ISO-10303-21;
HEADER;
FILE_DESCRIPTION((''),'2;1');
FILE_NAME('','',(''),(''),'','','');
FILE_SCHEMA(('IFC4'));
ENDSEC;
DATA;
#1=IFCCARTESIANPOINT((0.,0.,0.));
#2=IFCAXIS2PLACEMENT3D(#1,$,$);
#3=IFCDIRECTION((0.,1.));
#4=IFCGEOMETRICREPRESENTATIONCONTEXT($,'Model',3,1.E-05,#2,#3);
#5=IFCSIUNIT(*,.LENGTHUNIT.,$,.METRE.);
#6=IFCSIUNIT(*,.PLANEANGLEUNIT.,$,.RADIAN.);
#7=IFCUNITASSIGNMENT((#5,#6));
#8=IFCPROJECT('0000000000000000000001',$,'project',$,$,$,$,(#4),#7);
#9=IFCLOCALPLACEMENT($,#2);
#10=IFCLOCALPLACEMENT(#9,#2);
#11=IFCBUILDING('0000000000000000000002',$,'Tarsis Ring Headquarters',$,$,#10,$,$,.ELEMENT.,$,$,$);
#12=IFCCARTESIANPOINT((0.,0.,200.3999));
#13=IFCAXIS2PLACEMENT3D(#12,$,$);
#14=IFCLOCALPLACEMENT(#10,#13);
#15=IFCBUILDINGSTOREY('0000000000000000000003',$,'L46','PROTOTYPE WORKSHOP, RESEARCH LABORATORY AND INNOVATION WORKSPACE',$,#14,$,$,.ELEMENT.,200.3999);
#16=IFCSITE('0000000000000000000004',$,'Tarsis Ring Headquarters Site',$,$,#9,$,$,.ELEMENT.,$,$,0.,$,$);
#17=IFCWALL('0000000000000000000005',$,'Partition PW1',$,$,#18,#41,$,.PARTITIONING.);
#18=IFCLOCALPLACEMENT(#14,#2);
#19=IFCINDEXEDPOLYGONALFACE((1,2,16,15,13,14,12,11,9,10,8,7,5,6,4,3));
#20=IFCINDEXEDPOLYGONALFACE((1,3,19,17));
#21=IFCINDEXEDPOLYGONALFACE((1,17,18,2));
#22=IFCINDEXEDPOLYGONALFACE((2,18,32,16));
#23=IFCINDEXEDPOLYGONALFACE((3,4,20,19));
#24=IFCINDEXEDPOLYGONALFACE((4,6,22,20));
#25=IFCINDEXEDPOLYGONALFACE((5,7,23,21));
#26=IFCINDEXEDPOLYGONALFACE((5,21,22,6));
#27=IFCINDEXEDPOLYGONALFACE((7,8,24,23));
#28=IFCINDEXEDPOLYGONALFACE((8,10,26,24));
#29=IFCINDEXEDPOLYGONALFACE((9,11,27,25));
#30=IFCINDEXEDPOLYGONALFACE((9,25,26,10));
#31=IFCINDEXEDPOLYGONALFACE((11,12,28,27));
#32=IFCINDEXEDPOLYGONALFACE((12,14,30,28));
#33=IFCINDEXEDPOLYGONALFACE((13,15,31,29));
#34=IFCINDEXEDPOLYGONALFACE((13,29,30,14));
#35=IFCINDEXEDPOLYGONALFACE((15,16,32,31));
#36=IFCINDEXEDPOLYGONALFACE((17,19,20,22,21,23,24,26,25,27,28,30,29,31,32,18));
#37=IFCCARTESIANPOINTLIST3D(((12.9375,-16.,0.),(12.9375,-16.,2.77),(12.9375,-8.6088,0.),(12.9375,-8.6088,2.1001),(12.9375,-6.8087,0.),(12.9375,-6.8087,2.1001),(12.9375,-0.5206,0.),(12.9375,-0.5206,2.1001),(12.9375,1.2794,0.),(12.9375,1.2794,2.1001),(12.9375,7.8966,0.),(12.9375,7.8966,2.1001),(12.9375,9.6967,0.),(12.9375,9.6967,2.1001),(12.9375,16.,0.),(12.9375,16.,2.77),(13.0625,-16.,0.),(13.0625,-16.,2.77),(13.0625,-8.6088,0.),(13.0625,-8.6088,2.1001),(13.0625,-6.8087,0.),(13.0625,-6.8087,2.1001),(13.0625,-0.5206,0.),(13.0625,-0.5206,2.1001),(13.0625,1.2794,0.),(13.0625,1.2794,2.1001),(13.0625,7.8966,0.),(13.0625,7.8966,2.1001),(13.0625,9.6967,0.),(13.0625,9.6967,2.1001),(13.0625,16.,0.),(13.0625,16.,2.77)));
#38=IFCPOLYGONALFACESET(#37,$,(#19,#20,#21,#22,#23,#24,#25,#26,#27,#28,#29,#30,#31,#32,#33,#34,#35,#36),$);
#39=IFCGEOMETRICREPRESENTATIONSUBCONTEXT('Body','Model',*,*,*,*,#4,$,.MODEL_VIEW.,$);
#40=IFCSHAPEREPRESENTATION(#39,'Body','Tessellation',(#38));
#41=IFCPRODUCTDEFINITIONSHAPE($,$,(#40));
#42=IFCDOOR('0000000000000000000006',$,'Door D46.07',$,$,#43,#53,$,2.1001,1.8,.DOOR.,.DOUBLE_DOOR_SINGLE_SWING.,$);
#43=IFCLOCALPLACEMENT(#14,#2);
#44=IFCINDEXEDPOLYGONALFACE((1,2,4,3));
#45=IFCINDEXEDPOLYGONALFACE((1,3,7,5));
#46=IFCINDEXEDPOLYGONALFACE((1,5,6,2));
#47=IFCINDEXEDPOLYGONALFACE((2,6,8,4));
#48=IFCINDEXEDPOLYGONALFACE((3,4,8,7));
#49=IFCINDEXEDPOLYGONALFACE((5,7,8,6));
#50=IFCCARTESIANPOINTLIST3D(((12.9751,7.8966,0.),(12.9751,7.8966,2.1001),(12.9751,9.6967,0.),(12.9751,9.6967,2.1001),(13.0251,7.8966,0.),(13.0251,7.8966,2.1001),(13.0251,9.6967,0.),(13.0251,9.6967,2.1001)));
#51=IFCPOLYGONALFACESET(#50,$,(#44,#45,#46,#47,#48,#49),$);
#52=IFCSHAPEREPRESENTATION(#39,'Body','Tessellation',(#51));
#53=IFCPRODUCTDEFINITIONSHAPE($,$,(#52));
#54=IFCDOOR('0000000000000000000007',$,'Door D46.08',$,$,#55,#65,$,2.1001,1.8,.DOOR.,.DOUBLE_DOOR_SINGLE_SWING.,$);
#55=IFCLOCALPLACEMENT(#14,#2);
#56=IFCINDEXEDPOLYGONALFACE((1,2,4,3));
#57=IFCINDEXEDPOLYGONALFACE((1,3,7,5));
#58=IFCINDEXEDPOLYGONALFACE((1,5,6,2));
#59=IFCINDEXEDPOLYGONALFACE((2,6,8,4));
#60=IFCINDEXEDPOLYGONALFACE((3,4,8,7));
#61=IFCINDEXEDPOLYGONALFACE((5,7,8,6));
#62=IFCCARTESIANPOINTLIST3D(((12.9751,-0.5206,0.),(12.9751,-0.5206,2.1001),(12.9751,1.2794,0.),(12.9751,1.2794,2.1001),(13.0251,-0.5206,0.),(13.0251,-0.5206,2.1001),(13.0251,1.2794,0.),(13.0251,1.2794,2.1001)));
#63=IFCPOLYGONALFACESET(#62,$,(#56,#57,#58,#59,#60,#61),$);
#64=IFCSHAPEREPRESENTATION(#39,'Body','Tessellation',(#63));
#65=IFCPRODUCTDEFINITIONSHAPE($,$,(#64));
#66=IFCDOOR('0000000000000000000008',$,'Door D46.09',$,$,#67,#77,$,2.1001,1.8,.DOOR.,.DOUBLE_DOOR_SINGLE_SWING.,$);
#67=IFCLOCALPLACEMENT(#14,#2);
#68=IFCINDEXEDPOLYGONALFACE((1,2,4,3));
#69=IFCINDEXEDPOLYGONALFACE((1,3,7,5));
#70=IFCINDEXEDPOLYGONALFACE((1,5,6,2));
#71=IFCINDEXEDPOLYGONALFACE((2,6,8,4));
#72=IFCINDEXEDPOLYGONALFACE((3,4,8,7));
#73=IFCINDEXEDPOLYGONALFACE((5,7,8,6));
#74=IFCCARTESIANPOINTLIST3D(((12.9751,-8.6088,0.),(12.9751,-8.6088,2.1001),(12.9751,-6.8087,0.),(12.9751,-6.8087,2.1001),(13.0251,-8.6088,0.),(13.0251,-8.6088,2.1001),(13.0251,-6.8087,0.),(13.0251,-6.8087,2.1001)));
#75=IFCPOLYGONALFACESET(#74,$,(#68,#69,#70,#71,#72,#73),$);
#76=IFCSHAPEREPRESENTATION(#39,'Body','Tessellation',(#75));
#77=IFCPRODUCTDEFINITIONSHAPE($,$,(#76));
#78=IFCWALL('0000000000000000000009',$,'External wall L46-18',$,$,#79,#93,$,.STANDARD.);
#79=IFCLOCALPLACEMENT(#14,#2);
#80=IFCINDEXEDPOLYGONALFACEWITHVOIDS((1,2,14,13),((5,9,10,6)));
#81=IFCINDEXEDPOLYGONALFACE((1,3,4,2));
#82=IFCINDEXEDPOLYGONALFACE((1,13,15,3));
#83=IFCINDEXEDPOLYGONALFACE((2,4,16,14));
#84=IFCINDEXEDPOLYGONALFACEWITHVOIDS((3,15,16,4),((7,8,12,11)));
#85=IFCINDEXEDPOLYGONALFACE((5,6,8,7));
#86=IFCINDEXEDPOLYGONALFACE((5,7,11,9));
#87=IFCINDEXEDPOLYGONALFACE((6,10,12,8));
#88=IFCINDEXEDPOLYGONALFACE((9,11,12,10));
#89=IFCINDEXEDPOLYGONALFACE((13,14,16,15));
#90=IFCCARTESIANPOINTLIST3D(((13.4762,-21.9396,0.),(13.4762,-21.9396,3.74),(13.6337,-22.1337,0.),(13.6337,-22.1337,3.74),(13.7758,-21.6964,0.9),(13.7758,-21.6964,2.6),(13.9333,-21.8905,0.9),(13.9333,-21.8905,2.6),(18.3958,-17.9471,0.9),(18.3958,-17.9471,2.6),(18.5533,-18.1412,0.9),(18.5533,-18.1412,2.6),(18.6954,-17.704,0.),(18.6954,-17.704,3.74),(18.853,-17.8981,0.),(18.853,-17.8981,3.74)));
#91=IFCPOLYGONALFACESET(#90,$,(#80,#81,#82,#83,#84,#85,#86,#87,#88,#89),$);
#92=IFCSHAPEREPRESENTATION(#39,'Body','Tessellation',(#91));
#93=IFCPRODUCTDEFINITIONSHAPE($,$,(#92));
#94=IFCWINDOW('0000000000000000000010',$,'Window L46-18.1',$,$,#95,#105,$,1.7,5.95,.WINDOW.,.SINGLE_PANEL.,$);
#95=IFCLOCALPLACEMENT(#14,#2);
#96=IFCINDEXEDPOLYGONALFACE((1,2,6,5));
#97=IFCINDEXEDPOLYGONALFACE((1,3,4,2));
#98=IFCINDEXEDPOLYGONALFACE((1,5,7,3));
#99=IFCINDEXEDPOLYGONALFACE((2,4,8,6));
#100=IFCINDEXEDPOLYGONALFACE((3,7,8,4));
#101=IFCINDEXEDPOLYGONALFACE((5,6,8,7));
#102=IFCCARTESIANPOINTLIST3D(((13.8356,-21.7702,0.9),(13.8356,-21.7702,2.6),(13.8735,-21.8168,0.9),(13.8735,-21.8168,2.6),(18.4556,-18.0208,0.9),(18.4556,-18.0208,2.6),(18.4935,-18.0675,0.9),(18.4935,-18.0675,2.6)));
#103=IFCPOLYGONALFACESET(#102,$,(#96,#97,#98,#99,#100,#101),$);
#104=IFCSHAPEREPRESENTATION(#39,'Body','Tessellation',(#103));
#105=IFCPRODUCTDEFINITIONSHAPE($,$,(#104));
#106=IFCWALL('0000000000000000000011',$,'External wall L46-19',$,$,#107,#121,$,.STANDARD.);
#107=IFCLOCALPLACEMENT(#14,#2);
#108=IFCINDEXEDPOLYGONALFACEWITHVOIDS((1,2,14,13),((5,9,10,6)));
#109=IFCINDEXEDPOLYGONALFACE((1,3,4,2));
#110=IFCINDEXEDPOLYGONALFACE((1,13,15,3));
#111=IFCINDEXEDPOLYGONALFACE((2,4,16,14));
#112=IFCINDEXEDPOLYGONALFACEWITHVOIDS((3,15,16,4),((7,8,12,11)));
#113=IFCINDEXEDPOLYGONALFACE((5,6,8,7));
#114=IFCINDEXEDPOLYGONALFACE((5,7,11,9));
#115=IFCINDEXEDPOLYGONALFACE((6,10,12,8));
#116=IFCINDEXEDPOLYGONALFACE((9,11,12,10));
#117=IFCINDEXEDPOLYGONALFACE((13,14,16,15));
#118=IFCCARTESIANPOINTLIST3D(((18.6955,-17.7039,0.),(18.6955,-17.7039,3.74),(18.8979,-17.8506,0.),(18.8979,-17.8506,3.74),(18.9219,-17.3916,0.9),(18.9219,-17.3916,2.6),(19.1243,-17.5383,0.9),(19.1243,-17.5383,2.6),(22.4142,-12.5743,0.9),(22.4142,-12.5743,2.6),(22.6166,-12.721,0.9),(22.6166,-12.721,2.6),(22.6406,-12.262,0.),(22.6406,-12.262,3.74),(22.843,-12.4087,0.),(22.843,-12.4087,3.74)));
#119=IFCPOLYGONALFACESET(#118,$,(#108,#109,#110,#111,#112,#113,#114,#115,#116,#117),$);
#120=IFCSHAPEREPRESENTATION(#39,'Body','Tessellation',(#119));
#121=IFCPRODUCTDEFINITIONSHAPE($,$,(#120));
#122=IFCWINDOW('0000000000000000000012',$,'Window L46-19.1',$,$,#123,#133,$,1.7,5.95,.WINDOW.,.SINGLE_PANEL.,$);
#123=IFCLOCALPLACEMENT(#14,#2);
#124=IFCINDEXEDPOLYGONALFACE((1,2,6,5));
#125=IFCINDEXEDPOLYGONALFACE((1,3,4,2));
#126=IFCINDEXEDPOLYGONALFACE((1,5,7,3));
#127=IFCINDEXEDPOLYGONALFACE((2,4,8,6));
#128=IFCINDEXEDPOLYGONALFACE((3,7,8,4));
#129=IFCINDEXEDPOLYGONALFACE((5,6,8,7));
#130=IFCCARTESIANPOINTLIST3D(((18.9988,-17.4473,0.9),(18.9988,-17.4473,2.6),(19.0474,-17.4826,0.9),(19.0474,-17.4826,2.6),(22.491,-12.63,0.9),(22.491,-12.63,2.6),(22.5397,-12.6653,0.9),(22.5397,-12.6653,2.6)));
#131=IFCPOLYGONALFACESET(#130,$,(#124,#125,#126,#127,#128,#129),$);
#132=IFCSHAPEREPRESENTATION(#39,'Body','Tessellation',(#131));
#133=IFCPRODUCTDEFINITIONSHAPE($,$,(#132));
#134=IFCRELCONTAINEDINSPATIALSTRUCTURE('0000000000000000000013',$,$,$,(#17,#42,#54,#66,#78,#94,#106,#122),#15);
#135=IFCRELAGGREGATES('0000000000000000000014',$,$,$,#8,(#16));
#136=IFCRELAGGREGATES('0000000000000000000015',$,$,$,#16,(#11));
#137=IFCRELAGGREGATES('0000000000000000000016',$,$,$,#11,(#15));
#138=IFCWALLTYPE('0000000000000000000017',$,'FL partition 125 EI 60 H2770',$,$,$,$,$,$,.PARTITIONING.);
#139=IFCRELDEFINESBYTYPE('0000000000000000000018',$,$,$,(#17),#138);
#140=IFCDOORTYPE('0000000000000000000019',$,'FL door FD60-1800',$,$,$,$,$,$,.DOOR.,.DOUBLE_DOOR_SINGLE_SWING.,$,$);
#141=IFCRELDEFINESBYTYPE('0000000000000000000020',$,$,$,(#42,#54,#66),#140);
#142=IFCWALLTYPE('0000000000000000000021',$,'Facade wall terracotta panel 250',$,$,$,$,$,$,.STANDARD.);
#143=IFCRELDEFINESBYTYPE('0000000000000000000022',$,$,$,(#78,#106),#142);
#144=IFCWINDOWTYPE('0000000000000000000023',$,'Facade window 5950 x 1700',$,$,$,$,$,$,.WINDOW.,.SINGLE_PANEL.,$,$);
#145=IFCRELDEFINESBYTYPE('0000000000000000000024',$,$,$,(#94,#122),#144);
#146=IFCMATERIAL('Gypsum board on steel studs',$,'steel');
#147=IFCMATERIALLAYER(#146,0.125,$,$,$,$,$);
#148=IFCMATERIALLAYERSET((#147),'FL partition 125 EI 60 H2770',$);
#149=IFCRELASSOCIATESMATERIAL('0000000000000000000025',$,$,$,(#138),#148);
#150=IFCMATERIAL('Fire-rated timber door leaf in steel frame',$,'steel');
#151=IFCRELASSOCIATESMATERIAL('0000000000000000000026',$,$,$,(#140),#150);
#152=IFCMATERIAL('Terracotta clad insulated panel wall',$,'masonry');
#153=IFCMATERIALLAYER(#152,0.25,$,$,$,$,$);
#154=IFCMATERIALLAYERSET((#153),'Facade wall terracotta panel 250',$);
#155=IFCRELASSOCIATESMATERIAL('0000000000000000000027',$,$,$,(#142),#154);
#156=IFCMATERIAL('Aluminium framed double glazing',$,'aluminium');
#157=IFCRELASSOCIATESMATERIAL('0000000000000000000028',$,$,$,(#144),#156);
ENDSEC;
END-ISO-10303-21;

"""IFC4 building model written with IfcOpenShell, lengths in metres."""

from ifc_helpers import new_model, si_unit, direction, frame, frame_2d, origin, place, context, subcontext, project, spatial, rectangle, extrude, material, layer, layer_set, type_object, element, fill, save


model = new_model("IFC4")

# Units and contexts
model_context = context("Model", 3, precision=1e-05, world=origin(), true_north=direction((0.0, 1.0)))
body_context = subcontext(model_context, "Body", "Model", "MODEL_VIEW")
ifc_project = project(units=[si_unit("LENGTHUNIT", "METRE"), si_unit("PLANEANGLEUNIT", "RADIAN")], contexts=[model_context])

# Site, building, storey
site_placement = place(None, origin())
site = spatial("IfcSite", under=ifc_project, at=site_placement, Name="Tarsis Ring Headquarters Site", CompositionType="ELEMENT", RefElevation=0.0)
building_placement = place(site_placement, origin())
building = spatial("IfcBuilding", under=site, at=building_placement, Name="Tarsis Ring Headquarters", CompositionType="ELEMENT")
storey_placement = place(building_placement, frame((0.0, 0.0, 200.3999)))
storey = spatial("IfcBuildingStorey", under=building, at=storey_placement, Name="L46", Description="PROTOTYPE WORKSHOP, RESEARCH LABORATORY AND INNOVATION WORKSPACE", CompositionType="ELEMENT", Elevation=200.3999)

# Shared definitions
ifc_material_1 = material(Name="Gypsum board on steel studs", Category="steel")

# Wall, openings, doors
ifc_layer_1 = layer(ifc_material_1, 0.125)
ifc_layer_set_1 = layer_set([ifc_layer_1], Name="FL partition 125 EI 60 H2770")
wall_type_1 = type_object("IfcWallType", Name="FL partition 125 EI 60 H2770", PredefinedType="PARTITIONING", material=ifc_layer_set_1)
wall_1_placement = place(storey_placement, frame((13.0, -16.0, 0.0), z_axis=(0.0, 0.0, 1.0), x_axis=(0.0, 1.0, 0.0)))
wall_1 = element("IfcWall", 1, at=wall_1_placement, inside=storey, type_object=wall_type_1, Name="Partition PW1", PredefinedType="PARTITIONING", context=body_context, shape_type="SweptSolid", body=[
    extrude(rectangle(XDim=32.0, YDim=0.125, at=frame_2d((16.0, 0.0))), origin(), (0.0, 0.0, 1.0), 2.77),
])
opening_1_placement = place(wall_1_placement, frame((23.8967, 0.0, 0.0)))
opening_1 = element("IfcOpeningElement", 2, at=opening_1_placement, cuts=wall_1, PredefinedType="OPENING", context=body_context, shape_type="SweptSolid", body=[
    extrude(rectangle(XDim=1.8, YDim=2.1001, at=frame_2d((0.8999, 1.05))), frame((0.0, 0.0725, 0.0), z_axis=(0.0, -1.0, 0.0), x_axis=(1.0, 0.0, 0.0)), (0.0, 0.0, 1.0), 0.145),
])
opening_2_placement = place(wall_1_placement, frame((15.4795, 0.0, 0.0)))
opening_2 = element("IfcOpeningElement", 3, at=opening_2_placement, cuts=wall_1, PredefinedType="OPENING", context=body_context, shape_type="SweptSolid", body=[
    extrude(rectangle(XDim=1.8, YDim=2.1001, at=frame_2d((0.8999, 1.05))), frame((0.0, 0.0725, 0.0), z_axis=(0.0, -1.0, 0.0), x_axis=(1.0, 0.0, 0.0)), (0.0, 0.0, 1.0), 0.145),
])
opening_3_placement = place(wall_1_placement, frame((7.3914, 0.0, 0.0)))
opening_3 = element("IfcOpeningElement", 4, at=opening_3_placement, cuts=wall_1, PredefinedType="OPENING", context=body_context, shape_type="SweptSolid", body=[
    extrude(rectangle(XDim=1.8, YDim=2.1001, at=frame_2d((0.8999, 1.05))), frame((0.0, 0.0725, 0.0), z_axis=(0.0, -1.0, 0.0), x_axis=(1.0, 0.0, 0.0)), (0.0, 0.0, 1.0), 0.145),
])
ifc_material_2 = material(Name="Fire-rated timber door leaf in steel frame", Category="steel")
door_type_1 = type_object("IfcDoorType", Name="FL door FD60-1800", OperationType="DOUBLE_DOOR_SINGLE_SWING", PredefinedType="DOOR", material=ifc_material_2)
door_1_placement = place(opening_1_placement, origin())
door_1 = element("IfcDoor", 5, at=door_1_placement, inside=storey, type_object=door_type_1, Name="Door D46.07", OperationType="DOUBLE_DOOR_SINGLE_SWING", OverallHeight=2.1001, OverallWidth=1.8, PredefinedType="DOOR", context=body_context, shape_type="SweptSolid", body=[
    extrude(rectangle(XDim=1.8, YDim=2.1001, at=frame_2d((0.8999, 1.05))), frame((0.0, 0.0249, 0.0), z_axis=(0.0, -1.0, 0.0), x_axis=(1.0, 0.0, 0.0)), (0.0, 0.0, 1.0), 0.05),
])
fill(opening_1, door_1)
door_2_placement = place(opening_2_placement, origin())
door_2 = element("IfcDoor", 6, at=door_2_placement, inside=storey, type_object=door_type_1, Name="Door D46.08", OperationType="DOUBLE_DOOR_SINGLE_SWING", OverallHeight=2.1001, OverallWidth=1.8, PredefinedType="DOOR", context=body_context, shape_type="SweptSolid", body=[
    extrude(rectangle(XDim=1.8, YDim=2.1001, at=frame_2d((0.8999, 1.05))), frame((0.0, 0.0249, 0.0), z_axis=(0.0, -1.0, 0.0), x_axis=(1.0, 0.0, 0.0)), (0.0, 0.0, 1.0), 0.05),
])
fill(opening_2, door_2)
door_3_placement = place(opening_3_placement, origin())
door_3 = element("IfcDoor", 7, at=door_3_placement, inside=storey, type_object=door_type_1, Name="Door D46.09", OperationType="DOUBLE_DOOR_SINGLE_SWING", OverallHeight=2.1001, OverallWidth=1.8, PredefinedType="DOOR", context=body_context, shape_type="SweptSolid", body=[
    extrude(rectangle(XDim=1.8, YDim=2.1001, at=frame_2d((0.8999, 1.05))), frame((0.0, 0.0249, 0.0), z_axis=(0.0, -1.0, 0.0), x_axis=(1.0, 0.0, 0.0)), (0.0, 0.0, 1.0), 0.05),
])
fill(opening_3, door_3)

# Walls, openings, windows
ifc_material_3 = material(Name="Terracotta clad insulated panel wall", Category="masonry")
ifc_layer_2 = layer(ifc_material_3, 0.25)
ifc_layer_set_2 = layer_set([ifc_layer_2], Name="Facade wall terracotta panel 250")
wall_type_2 = type_object("IfcWallType", Name="Facade wall terracotta panel 250", PredefinedType="STANDARD", material=ifc_layer_set_2)
wall_2_placement = place(storey_placement, frame((13.5549, -22.0366, 0.0), z_axis=(0.0, 0.0, 1.0), x_axis=(0.776481, 0.630141, 0.0)))
wall_2 = element("IfcWall", 8, at=wall_2_placement, inside=storey, type_object=wall_type_2, Name="External wall L46-18", PredefinedType="STANDARD", context=body_context, shape_type="SweptSolid", body=[
    extrude(rectangle(XDim=6.7217, YDim=0.25, at=frame_2d((3.3608, 0.0))), origin(), (0.0, 0.0, 1.0), 3.74),
])
opening_4_placement = place(wall_2_placement, frame((0.3857, 0.0, 0.8999)))
opening_4 = element("IfcOpeningElement", 9, at=opening_4_placement, cuts=wall_2, PredefinedType="OPENING", context=body_context, shape_type="SweptSolid", body=[
    extrude(rectangle(XDim=5.95, YDim=1.7, at=frame_2d((2.9751, 0.8501))), frame((0.0, 0.135, 0.0), z_axis=(0.0, -1.0, 0.0), x_axis=(1.0, 0.0, 0.0)), (0.0, 0.0, 1.0), 0.27),
])
ifc_material_4 = material(Name="Aluminium framed double glazing", Category="aluminium")
window_type = type_object("IfcWindowType", Name="Facade window 5950 x 1700", PartitioningType="SINGLE_PANEL", PredefinedType="WINDOW", material=ifc_material_4)
window_1_placement = place(opening_4_placement, origin())
window_1 = element("IfcWindow", 10, at=window_1_placement, inside=storey, type_object=window_type, Name="Window L46-18.1", OverallHeight=1.7, OverallWidth=5.95, PartitioningType="SINGLE_PANEL", PredefinedType="WINDOW", context=body_context, shape_type="SweptSolid", body=[
    extrude(rectangle(XDim=5.95, YDim=1.7, at=frame_2d((2.9751, 0.8501))), frame((0.0, 0.03, 0.0), z_axis=(0.0, -1.0, 0.0), x_axis=(1.0, 0.0, 0.0)), (0.0, 0.0, 1.0), 0.0601),
])
fill(opening_4, window_1)
wall_3_placement = place(storey_placement, frame((18.7966, -17.7773, 0.0), z_axis=(0.0, 0.0, 1.0), x_axis=(0.586938, 0.809632, 0.0)))
wall_3 = element("IfcWall", 11, at=wall_3_placement, inside=storey, type_object=wall_type_2, Name="External wall L46-19", PredefinedType="STANDARD", context=body_context, shape_type="SweptSolid", body=[
    extrude(rectangle(XDim=6.7214, YDim=0.25, at=frame_2d((3.3608, 0.0))), origin(), (0.0, 0.0, 1.0), 3.74),
])
opening_5_placement = place(wall_3_placement, frame((0.3857, 0.0, 0.8999)))
opening_5 = element("IfcOpeningElement", 12, at=opening_5_placement, cuts=wall_3, PredefinedType="OPENING", context=body_context, shape_type="SweptSolid", body=[
    extrude(rectangle(XDim=5.95, YDim=1.7, at=frame_2d((2.9751, 0.8501))), frame((0.0, 0.135, 0.0), z_axis=(0.0, -1.0, 0.0), x_axis=(1.0, 0.0, 0.0)), (0.0, 0.0, 1.0), 0.27),
])
window_2_placement = place(opening_5_placement, origin())
window_2 = element("IfcWindow", 13, at=window_2_placement, inside=storey, type_object=window_type, Name="Window L46-19.1", OverallHeight=1.7, OverallWidth=5.95, PartitioningType="SINGLE_PANEL", PredefinedType="WINDOW", context=body_context, shape_type="SweptSolid", body=[
    extrude(rectangle(XDim=5.95, YDim=1.7, at=frame_2d((2.9751, 0.8501))), frame((0.0, 0.03, 0.0), z_axis=(0.0, -1.0, 0.0), x_axis=(1.0, 0.0, 0.0)), (0.0, 0.0, 1.0), 0.0601),
])
fill(opening_5, window_2)

save(model, "model.ifc")
